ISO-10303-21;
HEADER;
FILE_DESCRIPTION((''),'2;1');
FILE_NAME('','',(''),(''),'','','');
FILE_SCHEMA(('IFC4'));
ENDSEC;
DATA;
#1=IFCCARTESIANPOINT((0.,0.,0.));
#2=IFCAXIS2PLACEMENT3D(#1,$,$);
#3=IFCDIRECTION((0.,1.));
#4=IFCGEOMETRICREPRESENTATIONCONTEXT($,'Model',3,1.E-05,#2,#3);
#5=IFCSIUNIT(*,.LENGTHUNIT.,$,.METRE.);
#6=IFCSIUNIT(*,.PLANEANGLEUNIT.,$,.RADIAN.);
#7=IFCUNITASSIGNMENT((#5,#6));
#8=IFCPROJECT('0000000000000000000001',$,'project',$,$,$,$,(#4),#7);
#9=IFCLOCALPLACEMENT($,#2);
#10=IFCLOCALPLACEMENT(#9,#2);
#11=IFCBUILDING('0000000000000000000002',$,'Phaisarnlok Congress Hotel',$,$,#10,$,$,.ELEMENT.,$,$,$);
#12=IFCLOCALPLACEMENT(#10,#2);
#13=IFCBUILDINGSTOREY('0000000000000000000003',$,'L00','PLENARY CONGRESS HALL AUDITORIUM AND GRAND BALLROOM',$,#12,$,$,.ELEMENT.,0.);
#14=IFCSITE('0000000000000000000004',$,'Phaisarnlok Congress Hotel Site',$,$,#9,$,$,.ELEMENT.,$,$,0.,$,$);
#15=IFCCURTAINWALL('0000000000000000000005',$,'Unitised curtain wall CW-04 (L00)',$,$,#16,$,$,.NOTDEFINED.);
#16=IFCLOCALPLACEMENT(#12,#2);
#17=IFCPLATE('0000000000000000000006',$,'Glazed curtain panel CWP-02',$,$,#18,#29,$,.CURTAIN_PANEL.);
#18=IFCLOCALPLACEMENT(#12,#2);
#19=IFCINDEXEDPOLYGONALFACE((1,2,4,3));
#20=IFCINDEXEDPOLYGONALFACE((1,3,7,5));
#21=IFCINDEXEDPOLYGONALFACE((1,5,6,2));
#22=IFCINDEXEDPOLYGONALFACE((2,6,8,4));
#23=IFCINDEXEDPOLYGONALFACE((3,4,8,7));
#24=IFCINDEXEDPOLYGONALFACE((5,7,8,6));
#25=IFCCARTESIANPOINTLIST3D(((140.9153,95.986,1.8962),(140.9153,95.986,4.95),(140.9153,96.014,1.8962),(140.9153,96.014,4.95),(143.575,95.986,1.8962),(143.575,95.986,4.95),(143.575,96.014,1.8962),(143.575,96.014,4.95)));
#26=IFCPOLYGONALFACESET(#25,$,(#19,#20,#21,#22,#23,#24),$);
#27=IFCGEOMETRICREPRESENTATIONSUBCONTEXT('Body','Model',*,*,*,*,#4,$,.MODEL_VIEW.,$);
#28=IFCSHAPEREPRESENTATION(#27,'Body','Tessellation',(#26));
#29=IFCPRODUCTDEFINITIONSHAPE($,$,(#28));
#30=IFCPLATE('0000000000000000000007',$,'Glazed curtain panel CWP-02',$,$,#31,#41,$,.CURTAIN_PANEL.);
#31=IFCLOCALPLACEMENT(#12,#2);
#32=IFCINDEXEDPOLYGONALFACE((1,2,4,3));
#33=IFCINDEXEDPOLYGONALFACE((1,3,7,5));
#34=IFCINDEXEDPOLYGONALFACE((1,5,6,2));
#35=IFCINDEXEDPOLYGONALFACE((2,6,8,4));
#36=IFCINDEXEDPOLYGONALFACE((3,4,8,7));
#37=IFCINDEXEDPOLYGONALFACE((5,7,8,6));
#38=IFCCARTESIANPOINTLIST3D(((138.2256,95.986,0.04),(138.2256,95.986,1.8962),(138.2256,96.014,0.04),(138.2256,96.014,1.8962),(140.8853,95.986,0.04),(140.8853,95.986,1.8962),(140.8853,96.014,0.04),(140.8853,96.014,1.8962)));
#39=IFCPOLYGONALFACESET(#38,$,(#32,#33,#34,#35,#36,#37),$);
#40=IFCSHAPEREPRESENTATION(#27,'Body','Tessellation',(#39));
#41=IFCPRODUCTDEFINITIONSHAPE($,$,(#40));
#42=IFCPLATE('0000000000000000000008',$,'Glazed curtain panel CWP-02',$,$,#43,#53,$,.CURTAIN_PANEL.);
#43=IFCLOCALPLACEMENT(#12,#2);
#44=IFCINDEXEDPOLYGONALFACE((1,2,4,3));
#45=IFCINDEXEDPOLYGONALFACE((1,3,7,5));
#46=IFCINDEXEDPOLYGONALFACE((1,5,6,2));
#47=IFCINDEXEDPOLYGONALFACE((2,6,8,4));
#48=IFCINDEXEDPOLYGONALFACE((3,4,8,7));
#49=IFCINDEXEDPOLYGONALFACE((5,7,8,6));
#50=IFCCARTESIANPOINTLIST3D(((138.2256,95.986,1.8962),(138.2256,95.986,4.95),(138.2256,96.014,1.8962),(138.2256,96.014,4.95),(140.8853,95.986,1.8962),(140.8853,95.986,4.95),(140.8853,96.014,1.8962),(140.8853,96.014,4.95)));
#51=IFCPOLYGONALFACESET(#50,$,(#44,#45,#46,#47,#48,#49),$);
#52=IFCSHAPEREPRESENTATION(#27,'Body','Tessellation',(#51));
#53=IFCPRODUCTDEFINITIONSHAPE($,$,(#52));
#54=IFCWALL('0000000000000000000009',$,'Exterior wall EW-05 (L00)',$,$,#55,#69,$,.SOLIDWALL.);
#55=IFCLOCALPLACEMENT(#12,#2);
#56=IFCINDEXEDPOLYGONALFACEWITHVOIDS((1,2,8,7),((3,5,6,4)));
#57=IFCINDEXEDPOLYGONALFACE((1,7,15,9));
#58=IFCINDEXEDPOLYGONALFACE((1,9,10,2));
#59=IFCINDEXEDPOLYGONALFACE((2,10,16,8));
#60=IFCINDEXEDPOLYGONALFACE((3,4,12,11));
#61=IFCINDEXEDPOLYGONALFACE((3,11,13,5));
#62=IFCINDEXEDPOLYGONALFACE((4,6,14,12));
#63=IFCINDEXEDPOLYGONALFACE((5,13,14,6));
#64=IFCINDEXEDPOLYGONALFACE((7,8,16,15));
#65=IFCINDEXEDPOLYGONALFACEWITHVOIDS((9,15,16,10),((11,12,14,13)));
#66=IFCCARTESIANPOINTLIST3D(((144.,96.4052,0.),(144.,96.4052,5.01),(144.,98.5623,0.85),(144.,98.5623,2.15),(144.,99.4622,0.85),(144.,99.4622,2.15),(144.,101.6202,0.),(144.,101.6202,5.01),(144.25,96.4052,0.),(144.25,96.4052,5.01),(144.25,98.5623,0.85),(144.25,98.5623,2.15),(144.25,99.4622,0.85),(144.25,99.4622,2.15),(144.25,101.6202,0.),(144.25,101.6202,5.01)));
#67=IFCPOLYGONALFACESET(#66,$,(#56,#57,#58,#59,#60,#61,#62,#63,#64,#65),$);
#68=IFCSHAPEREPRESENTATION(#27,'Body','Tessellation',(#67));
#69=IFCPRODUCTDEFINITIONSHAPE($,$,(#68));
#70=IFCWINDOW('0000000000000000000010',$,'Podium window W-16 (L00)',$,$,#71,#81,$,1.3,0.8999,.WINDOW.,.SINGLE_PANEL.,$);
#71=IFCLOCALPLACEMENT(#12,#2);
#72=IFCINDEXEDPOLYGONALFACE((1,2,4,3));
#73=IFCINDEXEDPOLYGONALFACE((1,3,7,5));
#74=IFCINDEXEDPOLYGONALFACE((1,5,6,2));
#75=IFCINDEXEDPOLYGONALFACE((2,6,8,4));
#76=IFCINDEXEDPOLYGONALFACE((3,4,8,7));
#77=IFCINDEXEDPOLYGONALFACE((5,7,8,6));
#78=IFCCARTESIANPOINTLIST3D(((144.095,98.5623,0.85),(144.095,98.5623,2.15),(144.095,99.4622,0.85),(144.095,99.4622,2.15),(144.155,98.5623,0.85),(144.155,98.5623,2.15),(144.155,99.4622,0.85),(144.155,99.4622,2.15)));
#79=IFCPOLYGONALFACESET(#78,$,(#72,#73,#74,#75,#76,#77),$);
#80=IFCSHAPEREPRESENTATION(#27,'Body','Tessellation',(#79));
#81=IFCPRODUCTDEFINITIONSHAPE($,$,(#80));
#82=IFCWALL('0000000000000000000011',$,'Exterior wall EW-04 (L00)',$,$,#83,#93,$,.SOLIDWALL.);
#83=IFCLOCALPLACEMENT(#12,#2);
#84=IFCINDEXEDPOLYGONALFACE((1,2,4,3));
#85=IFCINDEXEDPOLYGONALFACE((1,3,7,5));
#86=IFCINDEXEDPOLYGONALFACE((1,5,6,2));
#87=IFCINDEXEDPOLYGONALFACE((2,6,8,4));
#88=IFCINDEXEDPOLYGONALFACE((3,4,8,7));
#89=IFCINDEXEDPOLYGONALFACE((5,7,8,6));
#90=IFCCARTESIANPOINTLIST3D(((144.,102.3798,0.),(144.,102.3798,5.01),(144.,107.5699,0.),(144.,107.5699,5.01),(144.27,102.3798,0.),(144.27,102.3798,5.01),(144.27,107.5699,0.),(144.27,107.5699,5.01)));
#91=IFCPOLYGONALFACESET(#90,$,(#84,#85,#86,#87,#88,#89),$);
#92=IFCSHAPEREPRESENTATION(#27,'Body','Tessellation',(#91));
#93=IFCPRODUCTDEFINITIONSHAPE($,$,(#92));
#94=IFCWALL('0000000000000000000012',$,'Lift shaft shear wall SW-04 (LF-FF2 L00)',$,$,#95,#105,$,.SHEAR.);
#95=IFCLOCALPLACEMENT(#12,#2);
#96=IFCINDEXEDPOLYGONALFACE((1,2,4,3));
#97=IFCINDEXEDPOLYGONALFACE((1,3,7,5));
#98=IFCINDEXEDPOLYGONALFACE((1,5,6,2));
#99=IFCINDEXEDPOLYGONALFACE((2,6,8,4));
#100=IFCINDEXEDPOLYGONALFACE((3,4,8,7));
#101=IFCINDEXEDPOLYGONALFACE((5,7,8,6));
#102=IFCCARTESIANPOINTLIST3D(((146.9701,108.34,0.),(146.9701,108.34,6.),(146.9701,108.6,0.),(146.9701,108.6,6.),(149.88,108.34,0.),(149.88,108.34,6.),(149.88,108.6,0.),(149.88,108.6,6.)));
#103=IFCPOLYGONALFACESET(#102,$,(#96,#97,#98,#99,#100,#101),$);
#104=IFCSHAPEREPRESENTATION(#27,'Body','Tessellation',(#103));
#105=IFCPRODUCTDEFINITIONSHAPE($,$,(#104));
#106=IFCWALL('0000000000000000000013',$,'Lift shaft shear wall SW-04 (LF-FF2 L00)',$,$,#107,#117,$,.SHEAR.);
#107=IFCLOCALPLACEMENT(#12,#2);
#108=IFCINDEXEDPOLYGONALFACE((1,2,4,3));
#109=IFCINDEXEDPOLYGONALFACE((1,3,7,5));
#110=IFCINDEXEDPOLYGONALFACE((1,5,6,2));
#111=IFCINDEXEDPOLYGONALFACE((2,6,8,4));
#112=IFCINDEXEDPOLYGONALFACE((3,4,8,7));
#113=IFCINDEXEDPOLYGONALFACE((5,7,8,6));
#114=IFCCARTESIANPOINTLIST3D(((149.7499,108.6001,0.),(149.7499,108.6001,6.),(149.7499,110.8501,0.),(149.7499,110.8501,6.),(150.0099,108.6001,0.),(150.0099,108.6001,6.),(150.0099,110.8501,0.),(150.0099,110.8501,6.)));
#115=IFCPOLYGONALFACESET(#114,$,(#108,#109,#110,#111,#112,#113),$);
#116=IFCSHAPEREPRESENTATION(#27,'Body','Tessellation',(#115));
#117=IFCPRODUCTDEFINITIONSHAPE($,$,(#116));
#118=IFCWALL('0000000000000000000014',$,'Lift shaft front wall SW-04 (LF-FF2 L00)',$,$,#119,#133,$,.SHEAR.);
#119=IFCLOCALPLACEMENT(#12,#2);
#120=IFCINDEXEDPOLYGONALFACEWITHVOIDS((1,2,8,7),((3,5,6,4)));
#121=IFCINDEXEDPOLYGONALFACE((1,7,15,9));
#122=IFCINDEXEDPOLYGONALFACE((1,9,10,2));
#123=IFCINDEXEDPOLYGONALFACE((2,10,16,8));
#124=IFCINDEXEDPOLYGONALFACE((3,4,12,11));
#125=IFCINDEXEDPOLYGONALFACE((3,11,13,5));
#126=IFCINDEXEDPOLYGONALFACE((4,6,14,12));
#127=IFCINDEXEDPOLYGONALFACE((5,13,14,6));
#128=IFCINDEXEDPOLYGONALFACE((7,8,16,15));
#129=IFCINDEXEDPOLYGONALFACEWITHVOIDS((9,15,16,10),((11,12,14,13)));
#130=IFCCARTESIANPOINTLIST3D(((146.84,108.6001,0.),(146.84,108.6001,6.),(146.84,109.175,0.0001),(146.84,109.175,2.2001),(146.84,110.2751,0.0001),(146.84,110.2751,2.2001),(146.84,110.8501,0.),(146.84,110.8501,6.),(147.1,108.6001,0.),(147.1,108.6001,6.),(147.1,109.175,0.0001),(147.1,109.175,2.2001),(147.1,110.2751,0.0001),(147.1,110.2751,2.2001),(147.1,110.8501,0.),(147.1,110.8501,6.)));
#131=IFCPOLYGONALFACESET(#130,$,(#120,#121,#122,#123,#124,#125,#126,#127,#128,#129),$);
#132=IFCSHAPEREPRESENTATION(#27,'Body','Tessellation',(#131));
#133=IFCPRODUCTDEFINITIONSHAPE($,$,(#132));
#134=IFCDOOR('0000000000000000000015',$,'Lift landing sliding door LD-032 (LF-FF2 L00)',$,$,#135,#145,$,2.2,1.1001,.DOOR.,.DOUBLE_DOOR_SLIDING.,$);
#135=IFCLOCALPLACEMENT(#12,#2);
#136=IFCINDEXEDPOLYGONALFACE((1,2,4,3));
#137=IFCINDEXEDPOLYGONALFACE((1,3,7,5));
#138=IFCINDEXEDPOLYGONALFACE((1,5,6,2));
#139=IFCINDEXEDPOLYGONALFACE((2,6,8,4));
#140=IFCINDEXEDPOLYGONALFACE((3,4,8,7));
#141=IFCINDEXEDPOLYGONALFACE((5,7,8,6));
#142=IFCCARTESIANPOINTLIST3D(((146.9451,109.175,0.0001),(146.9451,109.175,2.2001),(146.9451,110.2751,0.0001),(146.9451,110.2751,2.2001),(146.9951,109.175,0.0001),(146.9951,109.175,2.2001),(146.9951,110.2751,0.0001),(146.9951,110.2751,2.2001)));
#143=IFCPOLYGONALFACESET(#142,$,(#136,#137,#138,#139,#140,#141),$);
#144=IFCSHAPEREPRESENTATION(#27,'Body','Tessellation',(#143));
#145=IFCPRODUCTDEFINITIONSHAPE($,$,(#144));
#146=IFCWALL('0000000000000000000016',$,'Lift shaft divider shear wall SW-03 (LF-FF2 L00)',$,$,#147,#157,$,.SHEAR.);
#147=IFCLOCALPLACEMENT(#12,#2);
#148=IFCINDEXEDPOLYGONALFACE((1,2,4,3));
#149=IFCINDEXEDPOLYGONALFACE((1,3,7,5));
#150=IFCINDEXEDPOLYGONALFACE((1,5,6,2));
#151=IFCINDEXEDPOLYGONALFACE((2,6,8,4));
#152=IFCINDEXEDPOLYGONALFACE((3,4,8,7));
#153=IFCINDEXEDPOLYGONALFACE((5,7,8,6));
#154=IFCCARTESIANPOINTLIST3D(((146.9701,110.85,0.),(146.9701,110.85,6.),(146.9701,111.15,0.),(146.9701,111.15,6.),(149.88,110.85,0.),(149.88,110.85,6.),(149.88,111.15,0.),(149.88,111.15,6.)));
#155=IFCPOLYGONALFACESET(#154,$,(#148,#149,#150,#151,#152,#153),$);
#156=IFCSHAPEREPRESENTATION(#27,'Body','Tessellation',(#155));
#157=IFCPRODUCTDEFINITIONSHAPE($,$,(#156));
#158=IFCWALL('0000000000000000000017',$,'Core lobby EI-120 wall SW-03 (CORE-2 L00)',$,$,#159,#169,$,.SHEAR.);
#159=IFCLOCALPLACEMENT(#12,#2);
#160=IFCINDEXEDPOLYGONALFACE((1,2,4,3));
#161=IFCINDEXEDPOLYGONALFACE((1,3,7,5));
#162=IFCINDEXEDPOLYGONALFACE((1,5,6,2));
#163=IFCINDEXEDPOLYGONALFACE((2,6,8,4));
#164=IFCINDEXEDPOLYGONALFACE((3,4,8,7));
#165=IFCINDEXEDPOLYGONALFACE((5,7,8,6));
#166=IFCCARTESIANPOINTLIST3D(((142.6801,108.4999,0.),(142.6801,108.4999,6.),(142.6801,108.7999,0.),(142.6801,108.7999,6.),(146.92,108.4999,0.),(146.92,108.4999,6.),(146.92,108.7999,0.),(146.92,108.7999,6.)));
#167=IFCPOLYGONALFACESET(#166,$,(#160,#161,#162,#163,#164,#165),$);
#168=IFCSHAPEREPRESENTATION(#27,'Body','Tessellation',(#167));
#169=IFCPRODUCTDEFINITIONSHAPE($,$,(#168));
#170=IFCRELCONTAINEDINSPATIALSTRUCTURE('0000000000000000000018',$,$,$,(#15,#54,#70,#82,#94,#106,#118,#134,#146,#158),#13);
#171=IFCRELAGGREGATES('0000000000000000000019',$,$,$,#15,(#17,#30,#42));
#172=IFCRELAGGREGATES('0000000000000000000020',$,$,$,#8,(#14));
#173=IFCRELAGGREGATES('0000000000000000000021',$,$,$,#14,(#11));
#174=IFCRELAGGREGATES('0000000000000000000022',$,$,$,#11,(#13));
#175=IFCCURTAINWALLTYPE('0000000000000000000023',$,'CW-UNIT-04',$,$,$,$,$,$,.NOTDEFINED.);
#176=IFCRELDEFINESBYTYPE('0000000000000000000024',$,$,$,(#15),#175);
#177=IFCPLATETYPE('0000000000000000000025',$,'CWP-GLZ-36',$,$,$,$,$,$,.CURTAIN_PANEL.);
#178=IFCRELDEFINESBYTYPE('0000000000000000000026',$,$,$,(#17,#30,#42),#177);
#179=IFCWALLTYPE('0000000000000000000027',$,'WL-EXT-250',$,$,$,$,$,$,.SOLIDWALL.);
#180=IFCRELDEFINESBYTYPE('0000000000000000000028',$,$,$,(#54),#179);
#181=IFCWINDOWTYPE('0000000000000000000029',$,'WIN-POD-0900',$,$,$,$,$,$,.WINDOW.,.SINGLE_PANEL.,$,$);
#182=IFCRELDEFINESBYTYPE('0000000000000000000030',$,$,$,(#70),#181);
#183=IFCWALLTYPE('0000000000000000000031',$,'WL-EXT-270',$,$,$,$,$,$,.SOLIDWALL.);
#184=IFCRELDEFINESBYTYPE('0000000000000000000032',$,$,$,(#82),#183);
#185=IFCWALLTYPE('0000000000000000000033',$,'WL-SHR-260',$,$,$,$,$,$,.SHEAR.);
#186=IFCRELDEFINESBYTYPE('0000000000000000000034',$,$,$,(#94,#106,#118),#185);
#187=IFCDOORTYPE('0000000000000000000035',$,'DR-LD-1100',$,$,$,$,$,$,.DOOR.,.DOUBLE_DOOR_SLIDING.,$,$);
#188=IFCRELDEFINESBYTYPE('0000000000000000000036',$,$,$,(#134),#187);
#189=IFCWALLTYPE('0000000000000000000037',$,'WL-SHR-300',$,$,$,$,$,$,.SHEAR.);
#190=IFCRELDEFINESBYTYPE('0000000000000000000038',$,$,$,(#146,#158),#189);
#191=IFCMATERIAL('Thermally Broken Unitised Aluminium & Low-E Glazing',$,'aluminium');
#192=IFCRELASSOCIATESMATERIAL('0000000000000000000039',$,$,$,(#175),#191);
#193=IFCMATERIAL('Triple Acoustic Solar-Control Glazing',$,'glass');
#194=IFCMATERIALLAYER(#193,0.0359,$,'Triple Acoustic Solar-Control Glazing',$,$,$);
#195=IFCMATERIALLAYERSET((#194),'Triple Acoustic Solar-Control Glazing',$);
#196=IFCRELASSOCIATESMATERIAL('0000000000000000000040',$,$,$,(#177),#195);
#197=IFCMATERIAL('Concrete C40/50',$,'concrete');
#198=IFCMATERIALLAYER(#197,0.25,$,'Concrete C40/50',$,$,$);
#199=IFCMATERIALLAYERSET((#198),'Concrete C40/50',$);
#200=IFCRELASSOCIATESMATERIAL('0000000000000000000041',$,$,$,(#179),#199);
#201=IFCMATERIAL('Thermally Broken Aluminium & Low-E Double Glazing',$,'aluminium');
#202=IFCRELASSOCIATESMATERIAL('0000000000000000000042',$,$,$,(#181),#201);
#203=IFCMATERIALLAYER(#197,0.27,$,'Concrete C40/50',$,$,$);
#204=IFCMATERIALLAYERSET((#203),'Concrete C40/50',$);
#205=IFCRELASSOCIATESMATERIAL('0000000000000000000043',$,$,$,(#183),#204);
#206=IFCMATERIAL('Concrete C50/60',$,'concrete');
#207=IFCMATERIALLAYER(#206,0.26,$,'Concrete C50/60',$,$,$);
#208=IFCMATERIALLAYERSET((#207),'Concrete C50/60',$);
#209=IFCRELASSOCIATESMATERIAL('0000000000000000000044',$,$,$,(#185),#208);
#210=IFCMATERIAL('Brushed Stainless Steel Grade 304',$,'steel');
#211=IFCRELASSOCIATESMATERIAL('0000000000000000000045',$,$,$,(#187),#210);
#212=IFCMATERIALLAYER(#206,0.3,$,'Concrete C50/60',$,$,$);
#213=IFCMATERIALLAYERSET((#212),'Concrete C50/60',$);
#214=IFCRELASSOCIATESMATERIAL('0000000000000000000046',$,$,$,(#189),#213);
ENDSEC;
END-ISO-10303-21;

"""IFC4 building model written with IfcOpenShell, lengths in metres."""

from ifc_helpers import new_model, si_unit, direction, frame, frame_2d, origin, place, context, subcontext, project, spatial, rectangle, extrude, material, layer, layer_set, type_object, element, fill, aggregate, save


model = new_model("IFC4")

# Units and contexts
model_context = context("Model", 3, precision=1e-05, world=origin(), true_north=direction((0.0, 1.0)))
body_context = subcontext(model_context, "Body", "Model", "MODEL_VIEW")
ifc_project = project(units=[si_unit("LENGTHUNIT", "METRE"), si_unit("PLANEANGLEUNIT", "RADIAN")], contexts=[model_context])

# Site, building, storey
site_placement = place(None, origin())
site = spatial("IfcSite", under=ifc_project, at=site_placement, Name="Phaisarnlok Congress Hotel Site", CompositionType="ELEMENT", RefElevation=0.0)
building_placement = place(site_placement, origin())
building = spatial("IfcBuilding", under=site, at=building_placement, Name="Phaisarnlok Congress Hotel", CompositionType="ELEMENT")
storey_placement = place(building_placement, origin())
storey = spatial("IfcBuildingStorey", under=building, at=storey_placement, Name="L00", Description="PLENARY CONGRESS HALL AUDITORIUM AND GRAND BALLROOM", CompositionType="ELEMENT", Elevation=0.0)

# Shared definitions
ifc_material_1 = material(Name="Concrete C50/60", Category="concrete")

# Shared definitions
ifc_material_2 = material(Name="Concrete C40/50", Category="concrete")

# Curtain wall
ifc_material_3 = material(Name="Thermally Broken Unitised Aluminium & Low-E Glazing", Category="aluminium")
curtain_wall_type = type_object("IfcCurtainWallType", Name="CW-UNIT-04", PredefinedType="NOTDEFINED", material=ifc_material_3)
curtain_wall_placement = place(storey_placement, origin())
curtain_wall = element("IfcCurtainWall", 1, at=curtain_wall_placement, inside=storey, type_object=curtain_wall_type, Name="Unitised curtain wall CW-04 (L00)", PredefinedType="NOTDEFINED")

# Plates
ifc_material_4 = material(Name="Triple Acoustic Solar-Control Glazing", Category="glass")
ifc_layer_1 = layer(ifc_material_4, 0.0359, Name="Triple Acoustic Solar-Control Glazing")
ifc_layer_set_1 = layer_set([ifc_layer_1], Name="Triple Acoustic Solar-Control Glazing")
plate_type = type_object("IfcPlateType", Name="CWP-GLZ-36", PredefinedType="CURTAIN_PANEL", material=ifc_layer_set_1)
plate_1_placement = place(storey_placement, frame((143.575, 96.0, 1.8962), z_axis=(0.0, 0.0, 1.0), x_axis=(-1.0, 0.0, 0.0)))
plate_1 = element("IfcPlate", 2, at=plate_1_placement, type_object=plate_type, Name="Glazed curtain panel CWP-02", PredefinedType="CURTAIN_PANEL", context=body_context, shape_type="SweptSolid", body=[
    extrude(rectangle(XDim=2.6597, YDim=0.0281, at=frame_2d((1.3298, 0.0))), origin(), (0.0, 0.0, 1.0), 3.0537),
])
plate_2_placement = place(storey_placement, frame((140.8853, 96.0, 0.04), z_axis=(0.0, 0.0, 1.0), x_axis=(-1.0, 0.0, 0.0)))
plate_2 = element("IfcPlate", 3, at=plate_2_placement, type_object=plate_type, Name="Glazed curtain panel CWP-02", PredefinedType="CURTAIN_PANEL", context=body_context, shape_type="SweptSolid", body=[
    extrude(rectangle(XDim=2.6597, YDim=0.0281, at=frame_2d((1.3298, 0.0))), origin(), (0.0, 0.0, 1.0), 1.8562),
])
plate_3_placement = place(storey_placement, frame((140.8853, 96.0, 1.8962), z_axis=(0.0, 0.0, 1.0), x_axis=(-1.0, 0.0, 0.0)))
plate_3 = element("IfcPlate", 4, at=plate_3_placement, type_object=plate_type, Name="Glazed curtain panel CWP-02", PredefinedType="CURTAIN_PANEL", context=body_context, shape_type="SweptSolid", body=[
    extrude(rectangle(XDim=2.6597, YDim=0.0281, at=frame_2d((1.3298, 0.0))), origin(), (0.0, 0.0, 1.0), 3.0537),
])
aggregate(curtain_wall, [plate_1, plate_2, plate_3])

# Wall, opening, window
ifc_layer_2 = layer(ifc_material_2, 0.25, Name="Concrete C40/50")
ifc_layer_set_2 = layer_set([ifc_layer_2], Name="Concrete C40/50")
wall_type_1 = type_object("IfcWallType", Name="WL-EXT-250", PredefinedType="SOLIDWALL", material=ifc_layer_set_2)
wall_1_placement = place(storey_placement, frame((144.125, 101.6201, 0.0), z_axis=(0.0, 0.0, 1.0), x_axis=(0.0, -1.0, 0.0)))
wall_1 = element("IfcWall", 5, at=wall_1_placement, inside=storey, type_object=wall_type_1, Name="Exterior wall EW-05 (L00)", PredefinedType="SOLIDWALL", context=body_context, shape_type="SweptSolid", body=[
    extrude(rectangle(XDim=5.2151, YDim=0.25, at=frame_2d((2.6074, 0.0))), origin(), (0.0, 0.0, 1.0), 5.01),
])
opening_1_placement = place(wall_1_placement, frame((2.158, 0.0, 0.8501)))
opening_1 = element("IfcOpeningElement", 6, at=opening_1_placement, cuts=wall_1, PredefinedType="OPENING", context=body_context, shape_type="SweptSolid", body=[
    extrude(rectangle(XDim=0.8999, YDim=1.3, at=frame_2d((0.45, 0.6499))), frame((0.0, 0.135, 0.0), z_axis=(0.0, -1.0, 0.0), x_axis=(1.0, 0.0, 0.0)), (0.0, 0.0, 1.0), 0.27),
])
ifc_material_5 = material(Name="Thermally Broken Aluminium & Low-E Double Glazing", Category="aluminium")
window_type = type_object("IfcWindowType", Name="WIN-POD-0900", PartitioningType="SINGLE_PANEL", PredefinedType="WINDOW", material=ifc_material_5)
window_placement = place(opening_1_placement, origin())
window = element("IfcWindow", 7, at=window_placement, inside=storey, type_object=window_type, Name="Podium window W-16 (L00)", OverallHeight=1.3, OverallWidth=0.8999, PartitioningType="SINGLE_PANEL", PredefinedType="WINDOW", context=body_context, shape_type="SweptSolid", body=[
    extrude(rectangle(XDim=0.8999, YDim=1.3, at=frame_2d((0.45, 0.6499))), frame((0.0, 0.03, 0.0), z_axis=(0.0, -1.0, 0.0), x_axis=(1.0, 0.0, 0.0)), (0.0, 0.0, 1.0), 0.0601),
])
fill(opening_1, window)

# Wall
ifc_layer_3 = layer(ifc_material_2, 0.27, Name="Concrete C40/50")
ifc_layer_set_3 = layer_set([ifc_layer_3], Name="Concrete C40/50")
wall_type_2 = type_object("IfcWallType", Name="WL-EXT-270", PredefinedType="SOLIDWALL", material=ifc_layer_set_3)
wall_2_placement = place(storey_placement, frame((144.135, 107.5701, 0.0), z_axis=(0.0, 0.0, 1.0), x_axis=(0.0, -1.0, 0.0)))
element("IfcWall", 8, at=wall_2_placement, inside=storey, type_object=wall_type_2, Name="Exterior wall EW-04 (L00)", PredefinedType="SOLIDWALL", context=body_context, shape_type="SweptSolid", body=[
    extrude(rectangle(XDim=5.1902, YDim=0.27, at=frame_2d((2.5952, 0.0))), origin(), (0.0, 0.0, 1.0), 5.01),
])

# Shared definitions
ifc_layer_4 = layer(ifc_material_1, 0.26, Name="Concrete C50/60")
ifc_layer_set_4 = layer_set([ifc_layer_4], Name="Concrete C50/60")
wall_type_3 = type_object("IfcWallType", Name="WL-SHR-260", PredefinedType="SHEAR", material=ifc_layer_set_4)

# Walls
wall_3_placement = place(storey_placement, frame((146.97, 108.47, 0.0), z_axis=(0.0, 0.0, 1.0), x_axis=(1.0, 0.0, 0.0)))
element("IfcWall", 9, at=wall_3_placement, inside=storey, type_object=wall_type_3, Name="Lift shaft shear wall SW-04 (LF-FF2 L00)", PredefinedType="SHEAR", context=body_context, shape_type="SweptSolid", body=[
    extrude(rectangle(XDim=2.9099, YDim=0.26, at=frame_2d((1.4551, 0.0))), origin(), (0.0, 0.0, 1.0), 6.0),
])
wall_4_placement = place(storey_placement, frame((149.8799, 108.6001, 0.0), z_axis=(0.0, 0.0, 1.0), x_axis=(0.0, 1.0, 0.0)))
element("IfcWall", 10, at=wall_4_placement, inside=storey, type_object=wall_type_3, Name="Lift shaft shear wall SW-04 (LF-FF2 L00)", PredefinedType="SHEAR", context=body_context, shape_type="SweptSolid", body=[
    extrude(rectangle(XDim=2.25, YDim=0.26, at=frame_2d((1.125, 0.0))), origin(), (0.0, 0.0, 1.0), 6.0),
])

# Wall, opening, door
wall_5_placement = place(storey_placement, frame((146.97, 108.6001, 0.0), z_axis=(0.0, 0.0, 1.0), x_axis=(0.0, 1.0, 0.0)))
wall_5 = element("IfcWall", 11, at=wall_5_placement, inside=storey, type_object=wall_type_3, Name="Lift shaft front wall SW-04 (LF-FF2 L00)", PredefinedType="SHEAR", context=body_context, shape_type="SweptSolid", body=[
    extrude(rectangle(XDim=2.25, YDim=0.26, at=frame_2d((1.125, 0.0))), origin(), (0.0, 0.0, 1.0), 6.0),
])
opening_2_placement = place(wall_5_placement, frame((0.575, 0.0, 0.0)))
opening_2 = element("IfcOpeningElement", 12, at=opening_2_placement, cuts=wall_5, PredefinedType="OPENING", context=body_context, shape_type="SweptSolid", body=[
    extrude(rectangle(XDim=1.1001, YDim=2.2, at=frame_2d((0.55, 1.1001))), frame((0.0, 0.1401, 0.0), z_axis=(0.0, -1.0, 0.0), x_axis=(1.0, 0.0, 0.0)), (0.0, 0.0, 1.0), 0.28),
])
ifc_material_6 = material(Name="Brushed Stainless Steel Grade 304", Category="steel")
door_type_1 = type_object("IfcDoorType", Name="DR-LD-1100", OperationType="DOUBLE_DOOR_SLIDING", PredefinedType="DOOR", material=ifc_material_6)
door_1_placement = place(opening_2_placement, origin())
door_1 = element("IfcDoor", 13, at=door_1_placement, inside=storey, type_object=door_type_1, Name="Lift landing sliding door LD-032 (LF-FF2 L00)", OperationType="DOUBLE_DOOR_SLIDING", OverallHeight=2.2, OverallWidth=1.1001, PredefinedType="DOOR", context=body_context, shape_type="SweptSolid", body=[
    extrude(rectangle(XDim=1.1001, YDim=2.2, at=frame_2d((0.55, 1.1001))), frame((0.0, 0.0249, 0.0), z_axis=(0.0, -1.0, 0.0), x_axis=(1.0, 0.0, 0.0)), (0.0, 0.0, 1.0), 0.05),
])
fill(opening_2, door_1)

# Walls
ifc_layer_5 = layer(ifc_material_1, 0.3, Name="Concrete C50/60")
ifc_layer_set_5 = layer_set([ifc_layer_5], Name="Concrete C50/60")
wall_type_4 = type_object("IfcWallType", Name="WL-SHR-300", PredefinedType="SHEAR", material=ifc_layer_set_5)
wall_6_placement = place(storey_placement, frame((146.97, 111.0, 0.0), z_axis=(0.0, 0.0, 1.0), x_axis=(1.0, 0.0, 0.0)))
element("IfcWall", 14, at=wall_6_placement, inside=storey, type_object=wall_type_4, Name="Lift shaft divider shear wall SW-03 (LF-FF2 L00)", PredefinedType="SHEAR", context=body_context, shape_type="SweptSolid", body=[
    extrude(rectangle(XDim=2.9099, YDim=0.3, at=frame_2d((1.4551, 0.0))), origin(), (0.0, 0.0, 1.0), 6.0),
])
wall_7_placement = place(storey_placement, frame((142.6799, 108.6499, 0.0), z_axis=(0.0, 0.0, 1.0), x_axis=(1.0, 0.0, 0.0)))
element("IfcWall", 15, at=wall_7_placement, inside=storey, type_object=wall_type_4, Name="Core lobby EI-120 wall SW-03 (CORE-2 L00)", PredefinedType="SHEAR", context=body_context, shape_type="SweptSolid", body=[
    extrude(rectangle(XDim=4.24, YDim=0.3, at=frame_2d((2.1201, 0.0))), origin(), (0.0, 0.0, 1.0), 6.0),
])

save(model, "model.ifc")
